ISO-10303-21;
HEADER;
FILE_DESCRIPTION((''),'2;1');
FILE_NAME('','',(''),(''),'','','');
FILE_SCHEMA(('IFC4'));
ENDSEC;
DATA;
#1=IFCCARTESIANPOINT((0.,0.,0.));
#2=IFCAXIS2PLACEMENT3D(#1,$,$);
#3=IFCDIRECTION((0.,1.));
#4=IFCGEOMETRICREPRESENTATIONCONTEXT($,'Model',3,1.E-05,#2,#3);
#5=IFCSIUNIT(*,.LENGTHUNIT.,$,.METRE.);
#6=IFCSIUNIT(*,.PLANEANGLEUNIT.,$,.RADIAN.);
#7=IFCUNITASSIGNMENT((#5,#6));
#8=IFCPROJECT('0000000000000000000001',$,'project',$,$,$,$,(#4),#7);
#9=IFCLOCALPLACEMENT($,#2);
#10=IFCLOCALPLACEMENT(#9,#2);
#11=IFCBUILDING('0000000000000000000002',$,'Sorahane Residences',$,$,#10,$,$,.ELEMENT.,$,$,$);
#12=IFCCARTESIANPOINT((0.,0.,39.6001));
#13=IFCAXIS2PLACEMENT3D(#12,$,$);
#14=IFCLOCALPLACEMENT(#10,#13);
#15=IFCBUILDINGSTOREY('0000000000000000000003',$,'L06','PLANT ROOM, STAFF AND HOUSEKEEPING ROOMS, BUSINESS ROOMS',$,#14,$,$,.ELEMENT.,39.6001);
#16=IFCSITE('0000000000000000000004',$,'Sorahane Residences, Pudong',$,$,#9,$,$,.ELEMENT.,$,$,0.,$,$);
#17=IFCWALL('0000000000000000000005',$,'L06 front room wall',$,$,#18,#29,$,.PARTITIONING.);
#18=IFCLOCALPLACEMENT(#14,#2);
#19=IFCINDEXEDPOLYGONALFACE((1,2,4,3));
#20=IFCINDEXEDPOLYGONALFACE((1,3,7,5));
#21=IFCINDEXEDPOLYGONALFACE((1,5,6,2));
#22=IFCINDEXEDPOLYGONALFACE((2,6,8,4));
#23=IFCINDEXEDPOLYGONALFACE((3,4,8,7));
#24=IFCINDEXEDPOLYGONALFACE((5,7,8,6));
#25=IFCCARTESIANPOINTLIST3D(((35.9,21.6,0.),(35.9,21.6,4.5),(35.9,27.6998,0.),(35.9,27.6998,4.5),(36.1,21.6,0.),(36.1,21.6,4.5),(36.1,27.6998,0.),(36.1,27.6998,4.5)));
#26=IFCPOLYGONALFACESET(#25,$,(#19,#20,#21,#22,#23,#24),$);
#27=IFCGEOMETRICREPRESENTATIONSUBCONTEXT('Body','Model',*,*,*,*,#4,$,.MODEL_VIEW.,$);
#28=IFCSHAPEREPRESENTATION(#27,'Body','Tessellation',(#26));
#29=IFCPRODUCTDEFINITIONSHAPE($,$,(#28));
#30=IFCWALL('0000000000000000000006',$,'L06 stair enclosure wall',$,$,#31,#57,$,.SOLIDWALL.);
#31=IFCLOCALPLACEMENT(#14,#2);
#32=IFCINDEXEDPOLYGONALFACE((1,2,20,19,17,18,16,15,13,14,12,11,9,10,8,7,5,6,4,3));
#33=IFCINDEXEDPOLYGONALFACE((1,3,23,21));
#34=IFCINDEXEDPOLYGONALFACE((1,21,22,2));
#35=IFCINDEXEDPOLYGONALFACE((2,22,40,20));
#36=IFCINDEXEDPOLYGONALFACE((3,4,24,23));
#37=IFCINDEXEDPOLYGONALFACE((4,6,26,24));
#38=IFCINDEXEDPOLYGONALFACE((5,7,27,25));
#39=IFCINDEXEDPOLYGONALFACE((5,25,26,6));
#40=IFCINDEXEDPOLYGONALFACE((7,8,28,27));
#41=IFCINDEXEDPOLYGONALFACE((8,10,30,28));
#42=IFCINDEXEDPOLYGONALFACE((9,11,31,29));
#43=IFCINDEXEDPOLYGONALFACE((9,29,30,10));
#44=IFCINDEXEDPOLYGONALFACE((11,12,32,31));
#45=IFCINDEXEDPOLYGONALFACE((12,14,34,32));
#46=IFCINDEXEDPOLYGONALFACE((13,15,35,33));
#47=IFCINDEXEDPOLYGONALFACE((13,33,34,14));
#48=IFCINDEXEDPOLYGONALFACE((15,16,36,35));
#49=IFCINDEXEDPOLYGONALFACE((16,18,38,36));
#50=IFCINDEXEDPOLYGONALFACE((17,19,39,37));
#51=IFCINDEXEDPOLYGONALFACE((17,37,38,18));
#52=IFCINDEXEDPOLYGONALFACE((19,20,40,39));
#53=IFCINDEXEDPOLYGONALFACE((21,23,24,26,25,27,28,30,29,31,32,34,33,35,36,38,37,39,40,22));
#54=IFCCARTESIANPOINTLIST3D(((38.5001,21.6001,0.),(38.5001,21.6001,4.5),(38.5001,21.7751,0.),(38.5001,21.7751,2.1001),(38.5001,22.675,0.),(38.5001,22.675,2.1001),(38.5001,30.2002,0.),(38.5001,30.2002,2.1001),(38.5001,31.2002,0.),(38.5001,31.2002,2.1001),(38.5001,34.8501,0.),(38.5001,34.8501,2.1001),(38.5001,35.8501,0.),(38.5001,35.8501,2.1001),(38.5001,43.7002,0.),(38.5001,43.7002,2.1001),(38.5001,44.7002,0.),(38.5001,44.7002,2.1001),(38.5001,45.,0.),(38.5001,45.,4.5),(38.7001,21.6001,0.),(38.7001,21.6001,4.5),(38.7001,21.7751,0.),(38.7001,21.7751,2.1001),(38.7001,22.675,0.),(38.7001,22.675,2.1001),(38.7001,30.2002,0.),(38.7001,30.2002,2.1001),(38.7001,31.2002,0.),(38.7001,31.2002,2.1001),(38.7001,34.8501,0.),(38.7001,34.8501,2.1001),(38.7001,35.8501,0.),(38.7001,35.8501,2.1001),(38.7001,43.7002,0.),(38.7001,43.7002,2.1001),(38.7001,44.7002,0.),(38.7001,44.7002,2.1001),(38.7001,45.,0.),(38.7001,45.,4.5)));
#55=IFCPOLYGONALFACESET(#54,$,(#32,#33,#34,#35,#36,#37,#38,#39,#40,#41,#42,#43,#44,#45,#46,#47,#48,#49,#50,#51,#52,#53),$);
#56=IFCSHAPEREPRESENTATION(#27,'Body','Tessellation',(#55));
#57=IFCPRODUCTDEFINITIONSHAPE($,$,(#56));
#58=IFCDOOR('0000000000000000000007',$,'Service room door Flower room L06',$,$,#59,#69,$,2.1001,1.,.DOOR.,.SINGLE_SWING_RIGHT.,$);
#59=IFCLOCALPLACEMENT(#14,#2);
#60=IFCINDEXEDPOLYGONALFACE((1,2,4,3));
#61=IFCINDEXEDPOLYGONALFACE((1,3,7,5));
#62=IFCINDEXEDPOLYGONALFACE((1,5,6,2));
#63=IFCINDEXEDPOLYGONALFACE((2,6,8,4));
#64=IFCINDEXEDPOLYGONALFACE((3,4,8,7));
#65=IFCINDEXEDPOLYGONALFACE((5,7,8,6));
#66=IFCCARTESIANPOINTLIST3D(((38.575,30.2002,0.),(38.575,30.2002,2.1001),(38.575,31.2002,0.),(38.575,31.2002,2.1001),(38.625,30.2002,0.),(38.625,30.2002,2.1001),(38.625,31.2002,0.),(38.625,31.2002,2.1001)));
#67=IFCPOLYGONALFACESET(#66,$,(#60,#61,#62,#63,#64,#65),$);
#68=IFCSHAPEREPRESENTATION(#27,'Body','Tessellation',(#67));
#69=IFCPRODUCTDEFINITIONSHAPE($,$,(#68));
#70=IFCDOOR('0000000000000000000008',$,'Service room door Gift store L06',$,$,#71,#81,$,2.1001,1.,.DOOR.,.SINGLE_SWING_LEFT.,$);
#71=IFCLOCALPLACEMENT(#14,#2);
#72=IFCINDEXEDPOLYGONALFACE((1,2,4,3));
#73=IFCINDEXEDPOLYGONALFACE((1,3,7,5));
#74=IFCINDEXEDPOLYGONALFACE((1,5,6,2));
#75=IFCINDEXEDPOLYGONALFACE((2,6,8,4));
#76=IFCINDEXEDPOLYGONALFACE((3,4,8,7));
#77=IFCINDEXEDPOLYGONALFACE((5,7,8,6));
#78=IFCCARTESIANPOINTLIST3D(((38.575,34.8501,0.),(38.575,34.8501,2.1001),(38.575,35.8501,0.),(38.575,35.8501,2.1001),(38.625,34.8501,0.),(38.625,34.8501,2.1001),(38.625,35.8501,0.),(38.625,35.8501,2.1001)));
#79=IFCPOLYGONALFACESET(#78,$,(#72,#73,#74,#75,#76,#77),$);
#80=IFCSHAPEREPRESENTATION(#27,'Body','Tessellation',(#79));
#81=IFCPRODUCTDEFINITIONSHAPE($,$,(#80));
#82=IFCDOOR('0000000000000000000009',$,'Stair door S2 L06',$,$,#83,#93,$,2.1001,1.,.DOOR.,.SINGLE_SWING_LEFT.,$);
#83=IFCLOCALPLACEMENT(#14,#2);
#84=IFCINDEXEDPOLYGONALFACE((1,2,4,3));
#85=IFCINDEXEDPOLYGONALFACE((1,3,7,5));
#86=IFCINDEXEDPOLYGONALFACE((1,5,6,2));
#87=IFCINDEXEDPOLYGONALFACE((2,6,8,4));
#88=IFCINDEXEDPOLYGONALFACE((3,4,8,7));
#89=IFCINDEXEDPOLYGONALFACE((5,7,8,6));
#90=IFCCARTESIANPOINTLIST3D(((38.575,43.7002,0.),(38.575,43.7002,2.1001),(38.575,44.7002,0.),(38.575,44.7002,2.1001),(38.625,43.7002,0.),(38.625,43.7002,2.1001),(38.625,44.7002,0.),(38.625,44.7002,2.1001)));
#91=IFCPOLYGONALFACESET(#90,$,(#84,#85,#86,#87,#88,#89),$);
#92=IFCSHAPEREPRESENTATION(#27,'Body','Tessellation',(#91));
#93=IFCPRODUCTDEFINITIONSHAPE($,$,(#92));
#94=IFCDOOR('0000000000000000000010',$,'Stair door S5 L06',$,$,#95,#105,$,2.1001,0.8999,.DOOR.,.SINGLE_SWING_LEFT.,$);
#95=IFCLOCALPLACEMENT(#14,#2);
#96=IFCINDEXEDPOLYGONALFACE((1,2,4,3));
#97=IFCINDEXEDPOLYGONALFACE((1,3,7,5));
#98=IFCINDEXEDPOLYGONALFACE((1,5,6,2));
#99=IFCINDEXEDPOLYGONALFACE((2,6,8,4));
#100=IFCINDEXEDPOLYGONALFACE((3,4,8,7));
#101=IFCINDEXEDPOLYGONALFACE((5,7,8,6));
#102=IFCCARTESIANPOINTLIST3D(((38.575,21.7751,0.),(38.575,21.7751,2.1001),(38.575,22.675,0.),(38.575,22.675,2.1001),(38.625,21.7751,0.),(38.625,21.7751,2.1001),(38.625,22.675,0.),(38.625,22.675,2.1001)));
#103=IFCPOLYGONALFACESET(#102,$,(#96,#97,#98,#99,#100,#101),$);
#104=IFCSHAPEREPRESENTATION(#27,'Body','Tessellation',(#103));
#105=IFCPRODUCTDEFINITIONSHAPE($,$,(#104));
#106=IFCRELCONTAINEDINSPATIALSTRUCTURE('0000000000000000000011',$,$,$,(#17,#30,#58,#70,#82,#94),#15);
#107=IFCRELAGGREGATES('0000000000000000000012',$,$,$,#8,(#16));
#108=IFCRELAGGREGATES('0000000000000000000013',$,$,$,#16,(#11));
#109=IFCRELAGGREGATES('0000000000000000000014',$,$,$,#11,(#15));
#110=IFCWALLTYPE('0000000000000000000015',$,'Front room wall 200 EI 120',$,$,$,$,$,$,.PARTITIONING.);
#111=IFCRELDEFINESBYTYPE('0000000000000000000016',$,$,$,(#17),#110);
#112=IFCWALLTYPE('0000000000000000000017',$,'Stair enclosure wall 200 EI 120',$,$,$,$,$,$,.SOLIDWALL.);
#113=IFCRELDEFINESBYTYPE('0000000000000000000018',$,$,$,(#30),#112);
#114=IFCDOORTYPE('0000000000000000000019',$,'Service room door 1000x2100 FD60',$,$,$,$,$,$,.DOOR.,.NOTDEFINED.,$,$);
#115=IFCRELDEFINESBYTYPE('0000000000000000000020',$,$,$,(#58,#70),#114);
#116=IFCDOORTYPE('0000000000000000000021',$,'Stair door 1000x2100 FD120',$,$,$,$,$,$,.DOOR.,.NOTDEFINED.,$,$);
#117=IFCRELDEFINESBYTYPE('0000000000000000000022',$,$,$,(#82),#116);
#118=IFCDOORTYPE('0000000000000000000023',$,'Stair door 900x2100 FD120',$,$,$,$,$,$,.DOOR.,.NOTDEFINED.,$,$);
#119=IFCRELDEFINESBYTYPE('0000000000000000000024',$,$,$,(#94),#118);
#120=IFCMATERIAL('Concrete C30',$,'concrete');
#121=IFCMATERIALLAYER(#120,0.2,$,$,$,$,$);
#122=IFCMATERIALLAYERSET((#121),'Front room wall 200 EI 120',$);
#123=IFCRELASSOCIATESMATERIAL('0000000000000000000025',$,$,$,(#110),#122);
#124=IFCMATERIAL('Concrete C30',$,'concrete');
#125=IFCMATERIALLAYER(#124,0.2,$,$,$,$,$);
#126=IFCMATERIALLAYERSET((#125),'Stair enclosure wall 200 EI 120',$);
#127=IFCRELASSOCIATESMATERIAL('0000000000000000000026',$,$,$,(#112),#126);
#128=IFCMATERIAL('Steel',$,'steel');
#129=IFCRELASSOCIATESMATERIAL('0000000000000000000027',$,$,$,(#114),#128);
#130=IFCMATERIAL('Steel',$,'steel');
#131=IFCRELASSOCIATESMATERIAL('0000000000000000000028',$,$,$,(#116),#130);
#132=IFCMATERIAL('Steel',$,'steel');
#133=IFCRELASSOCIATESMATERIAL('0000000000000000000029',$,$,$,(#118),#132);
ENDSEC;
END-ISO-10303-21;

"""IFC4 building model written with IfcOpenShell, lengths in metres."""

from ifc_helpers import new_model, si_unit, direction, frame, frame_2d, origin, place, context, subcontext, project, spatial, rectangle, extrude, material, layer, layer_set, type_object, element, fill, save


model = new_model("IFC4")

# Units and contexts
model_context = context("Model", 3, precision=1e-05, world=origin(), true_north=direction((0.0, 1.0)))
body_context = subcontext(model_context, "Body", "Model", "MODEL_VIEW")
ifc_project = project(units=[si_unit("LENGTHUNIT", "METRE"), si_unit("PLANEANGLEUNIT", "RADIAN")], contexts=[model_context])

# Site, building, storey
site_placement = place(None, origin())
site = spatial("IfcSite", under=ifc_project, at=site_placement, Name="Sorahane Residences, Pudong", CompositionType="ELEMENT", RefElevation=0.0)
building_placement = place(site_placement, origin())
building = spatial("IfcBuilding", under=site, at=building_placement, Name="Sorahane Residences", CompositionType="ELEMENT")
storey_placement = place(building_placement, frame((0.0, 0.0, 39.6001)))
storey = spatial("IfcBuildingStorey", under=building, at=storey_placement, Name="L06", Description="PLANT ROOM, STAFF AND HOUSEKEEPING ROOMS, BUSINESS ROOMS", CompositionType="ELEMENT", Elevation=39.6001)

# Wall
ifc_material_1 = material(Name="Concrete C30", Category="concrete")
ifc_layer_1 = layer(ifc_material_1, 0.2)
ifc_layer_set_1 = layer_set([ifc_layer_1], Name="Front room wall 200 EI 120")
wall_type_1 = type_object("IfcWallType", Name="Front room wall 200 EI 120", PredefinedType="PARTITIONING", material=ifc_layer_set_1)
wall_1_placement = place(storey_placement, frame((36.0, 21.6001, 0.0), z_axis=(0.0, 0.0, 1.0), x_axis=(0.0, 1.0, 0.0)))
element("IfcWall", 1, at=wall_1_placement, inside=storey, type_object=wall_type_1, Name="L06 front room wall", PredefinedType="PARTITIONING", context=body_context, shape_type="SweptSolid", body=[
    extrude(rectangle(XDim=6.0999, YDim=0.2, at=frame_2d((3.0498, 0.0))), origin(), (0.0, 0.0, 1.0), 4.5),
])

# Wall, openings, doors
ifc_material_2 = material(Name="Concrete C30", Category="concrete")
ifc_layer_2 = layer(ifc_material_2, 0.2)
ifc_layer_set_2 = layer_set([ifc_layer_2], Name="Stair enclosure wall 200 EI 120")
wall_type_2 = type_object("IfcWallType", Name="Stair enclosure wall 200 EI 120", PredefinedType="SOLIDWALL", material=ifc_layer_set_2)
wall_2_placement = place(storey_placement, frame((38.6001, 21.6001, 0.0), z_axis=(0.0, 0.0, 1.0), x_axis=(0.0, 1.0, 0.0)))
wall_2 = element("IfcWall", 2, at=wall_2_placement, inside=storey, type_object=wall_type_2, Name="L06 stair enclosure wall", PredefinedType="SOLIDWALL", context=body_context, shape_type="SweptSolid", body=[
    extrude(rectangle(XDim=23.3999, YDim=0.2, at=frame_2d((11.7, 0.0))), origin(), (0.0, 0.0, 1.0), 4.5),
])
opening_1_placement = place(wall_2_placement, frame((8.6001, 0.0, 0.0)))
opening_1 = element("IfcOpeningElement", 3, at=opening_1_placement, cuts=wall_2, PredefinedType="OPENING", context=body_context, shape_type="SweptSolid", body=[
    extrude(rectangle(XDim=1.0, YDim=2.1001, at=frame_2d((0.5, 1.05))), frame((0.0, 0.1099, 0.0), z_axis=(0.0, -1.0, 0.0), x_axis=(1.0, 0.0, 0.0)), (0.0, 0.0, 1.0), 0.22),
])
opening_2_placement = place(wall_2_placement, frame((13.25, 0.0, 0.0)))
opening_2 = element("IfcOpeningElement", 4, at=opening_2_placement, cuts=wall_2, PredefinedType="OPENING", context=body_context, shape_type="SweptSolid", body=[
    extrude(rectangle(XDim=1.0, YDim=2.1001, at=frame_2d((0.5, 1.05))), frame((0.0, 0.1099, 0.0), z_axis=(0.0, -1.0, 0.0), x_axis=(1.0, 0.0, 0.0)), (0.0, 0.0, 1.0), 0.22),
])
opening_3_placement = place(wall_2_placement, frame((22.1001, 0.0, 0.0)))
opening_3 = element("IfcOpeningElement", 5, at=opening_3_placement, cuts=wall_2, PredefinedType="OPENING", context=body_context, shape_type="SweptSolid", body=[
    extrude(rectangle(XDim=1.0, YDim=2.1001, at=frame_2d((0.5, 1.05))), frame((0.0, 0.1099, 0.0), z_axis=(0.0, -1.0, 0.0), x_axis=(1.0, 0.0, 0.0)), (0.0, 0.0, 1.0), 0.22),
])
opening_4_placement = place(wall_2_placement, frame((0.175, 0.0, 0.0)))
opening_4 = element("IfcOpeningElement", 6, at=opening_4_placement, cuts=wall_2, PredefinedType="OPENING", context=body_context, shape_type="SweptSolid", body=[
    extrude(rectangle(XDim=0.8999, YDim=2.1001, at=frame_2d((0.45, 1.05))), frame((0.0, 0.1099, 0.0), z_axis=(0.0, -1.0, 0.0), x_axis=(1.0, 0.0, 0.0)), (0.0, 0.0, 1.0), 0.22),
])
ifc_material_3 = material(Name="Steel", Category="steel")
door_type_1 = type_object("IfcDoorType", Name="Service room door 1000x2100 FD60", OperationType="NOTDEFINED", PredefinedType="DOOR", material=ifc_material_3)
door_1_placement = place(opening_1_placement, frame((1.0, 0.0, 0.0), z_axis=(0.0, 0.0, 1.0), x_axis=(-1.0, 0.0, 0.0)))
door_1 = element("IfcDoor", 7, at=door_1_placement, inside=storey, type_object=door_type_1, Name="Service room door Flower room L06", OperationType="SINGLE_SWING_RIGHT", OverallHeight=2.1001, OverallWidth=1.0, PredefinedType="DOOR", context=body_context, shape_type="SweptSolid", body=[
    extrude(rectangle(XDim=1.0, YDim=2.1001, at=frame_2d((0.5, 1.05))), frame((0.0, 0.0249, 0.0), z_axis=(0.0, -1.0, 0.0), x_axis=(1.0, 0.0, 0.0)), (0.0, 0.0, 1.0), 0.05),
])
fill(opening_1, door_1)
door_2_placement = place(opening_2_placement, frame((1.0, 0.0, 0.0), z_axis=(0.0, 0.0, 1.0), x_axis=(-1.0, 0.0, 0.0)))
door_2 = element("IfcDoor", 8, at=door_2_placement, inside=storey, type_object=door_type_1, Name="Service room door Gift store L06", OperationType="SINGLE_SWING_LEFT", OverallHeight=2.1001, OverallWidth=1.0, PredefinedType="DOOR", context=body_context, shape_type="SweptSolid", body=[
    extrude(rectangle(XDim=1.0, YDim=2.1001, at=frame_2d((0.5, 1.05))), frame((0.0, 0.0249, 0.0), z_axis=(0.0, -1.0, 0.0), x_axis=(1.0, 0.0, 0.0)), (0.0, 0.0, 1.0), 0.05),
])
fill(opening_2, door_2)
ifc_material_4 = material(Name="Steel", Category="steel")
door_type_2 = type_object("IfcDoorType", Name="Stair door 1000x2100 FD120", OperationType="NOTDEFINED", PredefinedType="DOOR", material=ifc_material_4)
door_3_placement = place(opening_3_placement, frame((1.0, 0.0, 0.0), z_axis=(0.0, 0.0, 1.0), x_axis=(-1.0, 0.0, 0.0)))
door_3 = element("IfcDoor", 9, at=door_3_placement, inside=storey, type_object=door_type_2, Name="Stair door S2 L06", OperationType="SINGLE_SWING_LEFT", OverallHeight=2.1001, OverallWidth=1.0, PredefinedType="DOOR", context=body_context, shape_type="SweptSolid", body=[
    extrude(rectangle(XDim=1.0, YDim=2.1001, at=frame_2d((0.5, 1.05))), frame((0.0, 0.0249, 0.0), z_axis=(0.0, -1.0, 0.0), x_axis=(1.0, 0.0, 0.0)), (0.0, 0.0, 1.0), 0.05),
])
fill(opening_3, door_3)
ifc_material_5 = material(Name="Steel", Category="steel")
door_type_3 = type_object("IfcDoorType", Name="Stair door 900x2100 FD120", OperationType="NOTDEFINED", PredefinedType="DOOR", material=ifc_material_5)
door_4_placement = place(opening_4_placement, frame((0.8999, 0.0, 0.0), z_axis=(0.0, 0.0, 1.0), x_axis=(-1.0, 0.0, 0.0)))
door_4 = element("IfcDoor", 10, at=door_4_placement, inside=storey, type_object=door_type_3, Name="Stair door S5 L06", OperationType="SINGLE_SWING_LEFT", OverallHeight=2.1001, OverallWidth=0.8999, PredefinedType="DOOR", context=body_context, shape_type="SweptSolid", body=[
    extrude(rectangle(XDim=0.8999, YDim=2.1001, at=frame_2d((0.45, 1.05))), frame((0.0, 0.0249, 0.0), z_axis=(0.0, -1.0, 0.0), x_axis=(1.0, 0.0, 0.0)), (0.0, 0.0, 1.0), 0.05),
])
fill(opening_4, door_4)

save(model, "model.ifc")
